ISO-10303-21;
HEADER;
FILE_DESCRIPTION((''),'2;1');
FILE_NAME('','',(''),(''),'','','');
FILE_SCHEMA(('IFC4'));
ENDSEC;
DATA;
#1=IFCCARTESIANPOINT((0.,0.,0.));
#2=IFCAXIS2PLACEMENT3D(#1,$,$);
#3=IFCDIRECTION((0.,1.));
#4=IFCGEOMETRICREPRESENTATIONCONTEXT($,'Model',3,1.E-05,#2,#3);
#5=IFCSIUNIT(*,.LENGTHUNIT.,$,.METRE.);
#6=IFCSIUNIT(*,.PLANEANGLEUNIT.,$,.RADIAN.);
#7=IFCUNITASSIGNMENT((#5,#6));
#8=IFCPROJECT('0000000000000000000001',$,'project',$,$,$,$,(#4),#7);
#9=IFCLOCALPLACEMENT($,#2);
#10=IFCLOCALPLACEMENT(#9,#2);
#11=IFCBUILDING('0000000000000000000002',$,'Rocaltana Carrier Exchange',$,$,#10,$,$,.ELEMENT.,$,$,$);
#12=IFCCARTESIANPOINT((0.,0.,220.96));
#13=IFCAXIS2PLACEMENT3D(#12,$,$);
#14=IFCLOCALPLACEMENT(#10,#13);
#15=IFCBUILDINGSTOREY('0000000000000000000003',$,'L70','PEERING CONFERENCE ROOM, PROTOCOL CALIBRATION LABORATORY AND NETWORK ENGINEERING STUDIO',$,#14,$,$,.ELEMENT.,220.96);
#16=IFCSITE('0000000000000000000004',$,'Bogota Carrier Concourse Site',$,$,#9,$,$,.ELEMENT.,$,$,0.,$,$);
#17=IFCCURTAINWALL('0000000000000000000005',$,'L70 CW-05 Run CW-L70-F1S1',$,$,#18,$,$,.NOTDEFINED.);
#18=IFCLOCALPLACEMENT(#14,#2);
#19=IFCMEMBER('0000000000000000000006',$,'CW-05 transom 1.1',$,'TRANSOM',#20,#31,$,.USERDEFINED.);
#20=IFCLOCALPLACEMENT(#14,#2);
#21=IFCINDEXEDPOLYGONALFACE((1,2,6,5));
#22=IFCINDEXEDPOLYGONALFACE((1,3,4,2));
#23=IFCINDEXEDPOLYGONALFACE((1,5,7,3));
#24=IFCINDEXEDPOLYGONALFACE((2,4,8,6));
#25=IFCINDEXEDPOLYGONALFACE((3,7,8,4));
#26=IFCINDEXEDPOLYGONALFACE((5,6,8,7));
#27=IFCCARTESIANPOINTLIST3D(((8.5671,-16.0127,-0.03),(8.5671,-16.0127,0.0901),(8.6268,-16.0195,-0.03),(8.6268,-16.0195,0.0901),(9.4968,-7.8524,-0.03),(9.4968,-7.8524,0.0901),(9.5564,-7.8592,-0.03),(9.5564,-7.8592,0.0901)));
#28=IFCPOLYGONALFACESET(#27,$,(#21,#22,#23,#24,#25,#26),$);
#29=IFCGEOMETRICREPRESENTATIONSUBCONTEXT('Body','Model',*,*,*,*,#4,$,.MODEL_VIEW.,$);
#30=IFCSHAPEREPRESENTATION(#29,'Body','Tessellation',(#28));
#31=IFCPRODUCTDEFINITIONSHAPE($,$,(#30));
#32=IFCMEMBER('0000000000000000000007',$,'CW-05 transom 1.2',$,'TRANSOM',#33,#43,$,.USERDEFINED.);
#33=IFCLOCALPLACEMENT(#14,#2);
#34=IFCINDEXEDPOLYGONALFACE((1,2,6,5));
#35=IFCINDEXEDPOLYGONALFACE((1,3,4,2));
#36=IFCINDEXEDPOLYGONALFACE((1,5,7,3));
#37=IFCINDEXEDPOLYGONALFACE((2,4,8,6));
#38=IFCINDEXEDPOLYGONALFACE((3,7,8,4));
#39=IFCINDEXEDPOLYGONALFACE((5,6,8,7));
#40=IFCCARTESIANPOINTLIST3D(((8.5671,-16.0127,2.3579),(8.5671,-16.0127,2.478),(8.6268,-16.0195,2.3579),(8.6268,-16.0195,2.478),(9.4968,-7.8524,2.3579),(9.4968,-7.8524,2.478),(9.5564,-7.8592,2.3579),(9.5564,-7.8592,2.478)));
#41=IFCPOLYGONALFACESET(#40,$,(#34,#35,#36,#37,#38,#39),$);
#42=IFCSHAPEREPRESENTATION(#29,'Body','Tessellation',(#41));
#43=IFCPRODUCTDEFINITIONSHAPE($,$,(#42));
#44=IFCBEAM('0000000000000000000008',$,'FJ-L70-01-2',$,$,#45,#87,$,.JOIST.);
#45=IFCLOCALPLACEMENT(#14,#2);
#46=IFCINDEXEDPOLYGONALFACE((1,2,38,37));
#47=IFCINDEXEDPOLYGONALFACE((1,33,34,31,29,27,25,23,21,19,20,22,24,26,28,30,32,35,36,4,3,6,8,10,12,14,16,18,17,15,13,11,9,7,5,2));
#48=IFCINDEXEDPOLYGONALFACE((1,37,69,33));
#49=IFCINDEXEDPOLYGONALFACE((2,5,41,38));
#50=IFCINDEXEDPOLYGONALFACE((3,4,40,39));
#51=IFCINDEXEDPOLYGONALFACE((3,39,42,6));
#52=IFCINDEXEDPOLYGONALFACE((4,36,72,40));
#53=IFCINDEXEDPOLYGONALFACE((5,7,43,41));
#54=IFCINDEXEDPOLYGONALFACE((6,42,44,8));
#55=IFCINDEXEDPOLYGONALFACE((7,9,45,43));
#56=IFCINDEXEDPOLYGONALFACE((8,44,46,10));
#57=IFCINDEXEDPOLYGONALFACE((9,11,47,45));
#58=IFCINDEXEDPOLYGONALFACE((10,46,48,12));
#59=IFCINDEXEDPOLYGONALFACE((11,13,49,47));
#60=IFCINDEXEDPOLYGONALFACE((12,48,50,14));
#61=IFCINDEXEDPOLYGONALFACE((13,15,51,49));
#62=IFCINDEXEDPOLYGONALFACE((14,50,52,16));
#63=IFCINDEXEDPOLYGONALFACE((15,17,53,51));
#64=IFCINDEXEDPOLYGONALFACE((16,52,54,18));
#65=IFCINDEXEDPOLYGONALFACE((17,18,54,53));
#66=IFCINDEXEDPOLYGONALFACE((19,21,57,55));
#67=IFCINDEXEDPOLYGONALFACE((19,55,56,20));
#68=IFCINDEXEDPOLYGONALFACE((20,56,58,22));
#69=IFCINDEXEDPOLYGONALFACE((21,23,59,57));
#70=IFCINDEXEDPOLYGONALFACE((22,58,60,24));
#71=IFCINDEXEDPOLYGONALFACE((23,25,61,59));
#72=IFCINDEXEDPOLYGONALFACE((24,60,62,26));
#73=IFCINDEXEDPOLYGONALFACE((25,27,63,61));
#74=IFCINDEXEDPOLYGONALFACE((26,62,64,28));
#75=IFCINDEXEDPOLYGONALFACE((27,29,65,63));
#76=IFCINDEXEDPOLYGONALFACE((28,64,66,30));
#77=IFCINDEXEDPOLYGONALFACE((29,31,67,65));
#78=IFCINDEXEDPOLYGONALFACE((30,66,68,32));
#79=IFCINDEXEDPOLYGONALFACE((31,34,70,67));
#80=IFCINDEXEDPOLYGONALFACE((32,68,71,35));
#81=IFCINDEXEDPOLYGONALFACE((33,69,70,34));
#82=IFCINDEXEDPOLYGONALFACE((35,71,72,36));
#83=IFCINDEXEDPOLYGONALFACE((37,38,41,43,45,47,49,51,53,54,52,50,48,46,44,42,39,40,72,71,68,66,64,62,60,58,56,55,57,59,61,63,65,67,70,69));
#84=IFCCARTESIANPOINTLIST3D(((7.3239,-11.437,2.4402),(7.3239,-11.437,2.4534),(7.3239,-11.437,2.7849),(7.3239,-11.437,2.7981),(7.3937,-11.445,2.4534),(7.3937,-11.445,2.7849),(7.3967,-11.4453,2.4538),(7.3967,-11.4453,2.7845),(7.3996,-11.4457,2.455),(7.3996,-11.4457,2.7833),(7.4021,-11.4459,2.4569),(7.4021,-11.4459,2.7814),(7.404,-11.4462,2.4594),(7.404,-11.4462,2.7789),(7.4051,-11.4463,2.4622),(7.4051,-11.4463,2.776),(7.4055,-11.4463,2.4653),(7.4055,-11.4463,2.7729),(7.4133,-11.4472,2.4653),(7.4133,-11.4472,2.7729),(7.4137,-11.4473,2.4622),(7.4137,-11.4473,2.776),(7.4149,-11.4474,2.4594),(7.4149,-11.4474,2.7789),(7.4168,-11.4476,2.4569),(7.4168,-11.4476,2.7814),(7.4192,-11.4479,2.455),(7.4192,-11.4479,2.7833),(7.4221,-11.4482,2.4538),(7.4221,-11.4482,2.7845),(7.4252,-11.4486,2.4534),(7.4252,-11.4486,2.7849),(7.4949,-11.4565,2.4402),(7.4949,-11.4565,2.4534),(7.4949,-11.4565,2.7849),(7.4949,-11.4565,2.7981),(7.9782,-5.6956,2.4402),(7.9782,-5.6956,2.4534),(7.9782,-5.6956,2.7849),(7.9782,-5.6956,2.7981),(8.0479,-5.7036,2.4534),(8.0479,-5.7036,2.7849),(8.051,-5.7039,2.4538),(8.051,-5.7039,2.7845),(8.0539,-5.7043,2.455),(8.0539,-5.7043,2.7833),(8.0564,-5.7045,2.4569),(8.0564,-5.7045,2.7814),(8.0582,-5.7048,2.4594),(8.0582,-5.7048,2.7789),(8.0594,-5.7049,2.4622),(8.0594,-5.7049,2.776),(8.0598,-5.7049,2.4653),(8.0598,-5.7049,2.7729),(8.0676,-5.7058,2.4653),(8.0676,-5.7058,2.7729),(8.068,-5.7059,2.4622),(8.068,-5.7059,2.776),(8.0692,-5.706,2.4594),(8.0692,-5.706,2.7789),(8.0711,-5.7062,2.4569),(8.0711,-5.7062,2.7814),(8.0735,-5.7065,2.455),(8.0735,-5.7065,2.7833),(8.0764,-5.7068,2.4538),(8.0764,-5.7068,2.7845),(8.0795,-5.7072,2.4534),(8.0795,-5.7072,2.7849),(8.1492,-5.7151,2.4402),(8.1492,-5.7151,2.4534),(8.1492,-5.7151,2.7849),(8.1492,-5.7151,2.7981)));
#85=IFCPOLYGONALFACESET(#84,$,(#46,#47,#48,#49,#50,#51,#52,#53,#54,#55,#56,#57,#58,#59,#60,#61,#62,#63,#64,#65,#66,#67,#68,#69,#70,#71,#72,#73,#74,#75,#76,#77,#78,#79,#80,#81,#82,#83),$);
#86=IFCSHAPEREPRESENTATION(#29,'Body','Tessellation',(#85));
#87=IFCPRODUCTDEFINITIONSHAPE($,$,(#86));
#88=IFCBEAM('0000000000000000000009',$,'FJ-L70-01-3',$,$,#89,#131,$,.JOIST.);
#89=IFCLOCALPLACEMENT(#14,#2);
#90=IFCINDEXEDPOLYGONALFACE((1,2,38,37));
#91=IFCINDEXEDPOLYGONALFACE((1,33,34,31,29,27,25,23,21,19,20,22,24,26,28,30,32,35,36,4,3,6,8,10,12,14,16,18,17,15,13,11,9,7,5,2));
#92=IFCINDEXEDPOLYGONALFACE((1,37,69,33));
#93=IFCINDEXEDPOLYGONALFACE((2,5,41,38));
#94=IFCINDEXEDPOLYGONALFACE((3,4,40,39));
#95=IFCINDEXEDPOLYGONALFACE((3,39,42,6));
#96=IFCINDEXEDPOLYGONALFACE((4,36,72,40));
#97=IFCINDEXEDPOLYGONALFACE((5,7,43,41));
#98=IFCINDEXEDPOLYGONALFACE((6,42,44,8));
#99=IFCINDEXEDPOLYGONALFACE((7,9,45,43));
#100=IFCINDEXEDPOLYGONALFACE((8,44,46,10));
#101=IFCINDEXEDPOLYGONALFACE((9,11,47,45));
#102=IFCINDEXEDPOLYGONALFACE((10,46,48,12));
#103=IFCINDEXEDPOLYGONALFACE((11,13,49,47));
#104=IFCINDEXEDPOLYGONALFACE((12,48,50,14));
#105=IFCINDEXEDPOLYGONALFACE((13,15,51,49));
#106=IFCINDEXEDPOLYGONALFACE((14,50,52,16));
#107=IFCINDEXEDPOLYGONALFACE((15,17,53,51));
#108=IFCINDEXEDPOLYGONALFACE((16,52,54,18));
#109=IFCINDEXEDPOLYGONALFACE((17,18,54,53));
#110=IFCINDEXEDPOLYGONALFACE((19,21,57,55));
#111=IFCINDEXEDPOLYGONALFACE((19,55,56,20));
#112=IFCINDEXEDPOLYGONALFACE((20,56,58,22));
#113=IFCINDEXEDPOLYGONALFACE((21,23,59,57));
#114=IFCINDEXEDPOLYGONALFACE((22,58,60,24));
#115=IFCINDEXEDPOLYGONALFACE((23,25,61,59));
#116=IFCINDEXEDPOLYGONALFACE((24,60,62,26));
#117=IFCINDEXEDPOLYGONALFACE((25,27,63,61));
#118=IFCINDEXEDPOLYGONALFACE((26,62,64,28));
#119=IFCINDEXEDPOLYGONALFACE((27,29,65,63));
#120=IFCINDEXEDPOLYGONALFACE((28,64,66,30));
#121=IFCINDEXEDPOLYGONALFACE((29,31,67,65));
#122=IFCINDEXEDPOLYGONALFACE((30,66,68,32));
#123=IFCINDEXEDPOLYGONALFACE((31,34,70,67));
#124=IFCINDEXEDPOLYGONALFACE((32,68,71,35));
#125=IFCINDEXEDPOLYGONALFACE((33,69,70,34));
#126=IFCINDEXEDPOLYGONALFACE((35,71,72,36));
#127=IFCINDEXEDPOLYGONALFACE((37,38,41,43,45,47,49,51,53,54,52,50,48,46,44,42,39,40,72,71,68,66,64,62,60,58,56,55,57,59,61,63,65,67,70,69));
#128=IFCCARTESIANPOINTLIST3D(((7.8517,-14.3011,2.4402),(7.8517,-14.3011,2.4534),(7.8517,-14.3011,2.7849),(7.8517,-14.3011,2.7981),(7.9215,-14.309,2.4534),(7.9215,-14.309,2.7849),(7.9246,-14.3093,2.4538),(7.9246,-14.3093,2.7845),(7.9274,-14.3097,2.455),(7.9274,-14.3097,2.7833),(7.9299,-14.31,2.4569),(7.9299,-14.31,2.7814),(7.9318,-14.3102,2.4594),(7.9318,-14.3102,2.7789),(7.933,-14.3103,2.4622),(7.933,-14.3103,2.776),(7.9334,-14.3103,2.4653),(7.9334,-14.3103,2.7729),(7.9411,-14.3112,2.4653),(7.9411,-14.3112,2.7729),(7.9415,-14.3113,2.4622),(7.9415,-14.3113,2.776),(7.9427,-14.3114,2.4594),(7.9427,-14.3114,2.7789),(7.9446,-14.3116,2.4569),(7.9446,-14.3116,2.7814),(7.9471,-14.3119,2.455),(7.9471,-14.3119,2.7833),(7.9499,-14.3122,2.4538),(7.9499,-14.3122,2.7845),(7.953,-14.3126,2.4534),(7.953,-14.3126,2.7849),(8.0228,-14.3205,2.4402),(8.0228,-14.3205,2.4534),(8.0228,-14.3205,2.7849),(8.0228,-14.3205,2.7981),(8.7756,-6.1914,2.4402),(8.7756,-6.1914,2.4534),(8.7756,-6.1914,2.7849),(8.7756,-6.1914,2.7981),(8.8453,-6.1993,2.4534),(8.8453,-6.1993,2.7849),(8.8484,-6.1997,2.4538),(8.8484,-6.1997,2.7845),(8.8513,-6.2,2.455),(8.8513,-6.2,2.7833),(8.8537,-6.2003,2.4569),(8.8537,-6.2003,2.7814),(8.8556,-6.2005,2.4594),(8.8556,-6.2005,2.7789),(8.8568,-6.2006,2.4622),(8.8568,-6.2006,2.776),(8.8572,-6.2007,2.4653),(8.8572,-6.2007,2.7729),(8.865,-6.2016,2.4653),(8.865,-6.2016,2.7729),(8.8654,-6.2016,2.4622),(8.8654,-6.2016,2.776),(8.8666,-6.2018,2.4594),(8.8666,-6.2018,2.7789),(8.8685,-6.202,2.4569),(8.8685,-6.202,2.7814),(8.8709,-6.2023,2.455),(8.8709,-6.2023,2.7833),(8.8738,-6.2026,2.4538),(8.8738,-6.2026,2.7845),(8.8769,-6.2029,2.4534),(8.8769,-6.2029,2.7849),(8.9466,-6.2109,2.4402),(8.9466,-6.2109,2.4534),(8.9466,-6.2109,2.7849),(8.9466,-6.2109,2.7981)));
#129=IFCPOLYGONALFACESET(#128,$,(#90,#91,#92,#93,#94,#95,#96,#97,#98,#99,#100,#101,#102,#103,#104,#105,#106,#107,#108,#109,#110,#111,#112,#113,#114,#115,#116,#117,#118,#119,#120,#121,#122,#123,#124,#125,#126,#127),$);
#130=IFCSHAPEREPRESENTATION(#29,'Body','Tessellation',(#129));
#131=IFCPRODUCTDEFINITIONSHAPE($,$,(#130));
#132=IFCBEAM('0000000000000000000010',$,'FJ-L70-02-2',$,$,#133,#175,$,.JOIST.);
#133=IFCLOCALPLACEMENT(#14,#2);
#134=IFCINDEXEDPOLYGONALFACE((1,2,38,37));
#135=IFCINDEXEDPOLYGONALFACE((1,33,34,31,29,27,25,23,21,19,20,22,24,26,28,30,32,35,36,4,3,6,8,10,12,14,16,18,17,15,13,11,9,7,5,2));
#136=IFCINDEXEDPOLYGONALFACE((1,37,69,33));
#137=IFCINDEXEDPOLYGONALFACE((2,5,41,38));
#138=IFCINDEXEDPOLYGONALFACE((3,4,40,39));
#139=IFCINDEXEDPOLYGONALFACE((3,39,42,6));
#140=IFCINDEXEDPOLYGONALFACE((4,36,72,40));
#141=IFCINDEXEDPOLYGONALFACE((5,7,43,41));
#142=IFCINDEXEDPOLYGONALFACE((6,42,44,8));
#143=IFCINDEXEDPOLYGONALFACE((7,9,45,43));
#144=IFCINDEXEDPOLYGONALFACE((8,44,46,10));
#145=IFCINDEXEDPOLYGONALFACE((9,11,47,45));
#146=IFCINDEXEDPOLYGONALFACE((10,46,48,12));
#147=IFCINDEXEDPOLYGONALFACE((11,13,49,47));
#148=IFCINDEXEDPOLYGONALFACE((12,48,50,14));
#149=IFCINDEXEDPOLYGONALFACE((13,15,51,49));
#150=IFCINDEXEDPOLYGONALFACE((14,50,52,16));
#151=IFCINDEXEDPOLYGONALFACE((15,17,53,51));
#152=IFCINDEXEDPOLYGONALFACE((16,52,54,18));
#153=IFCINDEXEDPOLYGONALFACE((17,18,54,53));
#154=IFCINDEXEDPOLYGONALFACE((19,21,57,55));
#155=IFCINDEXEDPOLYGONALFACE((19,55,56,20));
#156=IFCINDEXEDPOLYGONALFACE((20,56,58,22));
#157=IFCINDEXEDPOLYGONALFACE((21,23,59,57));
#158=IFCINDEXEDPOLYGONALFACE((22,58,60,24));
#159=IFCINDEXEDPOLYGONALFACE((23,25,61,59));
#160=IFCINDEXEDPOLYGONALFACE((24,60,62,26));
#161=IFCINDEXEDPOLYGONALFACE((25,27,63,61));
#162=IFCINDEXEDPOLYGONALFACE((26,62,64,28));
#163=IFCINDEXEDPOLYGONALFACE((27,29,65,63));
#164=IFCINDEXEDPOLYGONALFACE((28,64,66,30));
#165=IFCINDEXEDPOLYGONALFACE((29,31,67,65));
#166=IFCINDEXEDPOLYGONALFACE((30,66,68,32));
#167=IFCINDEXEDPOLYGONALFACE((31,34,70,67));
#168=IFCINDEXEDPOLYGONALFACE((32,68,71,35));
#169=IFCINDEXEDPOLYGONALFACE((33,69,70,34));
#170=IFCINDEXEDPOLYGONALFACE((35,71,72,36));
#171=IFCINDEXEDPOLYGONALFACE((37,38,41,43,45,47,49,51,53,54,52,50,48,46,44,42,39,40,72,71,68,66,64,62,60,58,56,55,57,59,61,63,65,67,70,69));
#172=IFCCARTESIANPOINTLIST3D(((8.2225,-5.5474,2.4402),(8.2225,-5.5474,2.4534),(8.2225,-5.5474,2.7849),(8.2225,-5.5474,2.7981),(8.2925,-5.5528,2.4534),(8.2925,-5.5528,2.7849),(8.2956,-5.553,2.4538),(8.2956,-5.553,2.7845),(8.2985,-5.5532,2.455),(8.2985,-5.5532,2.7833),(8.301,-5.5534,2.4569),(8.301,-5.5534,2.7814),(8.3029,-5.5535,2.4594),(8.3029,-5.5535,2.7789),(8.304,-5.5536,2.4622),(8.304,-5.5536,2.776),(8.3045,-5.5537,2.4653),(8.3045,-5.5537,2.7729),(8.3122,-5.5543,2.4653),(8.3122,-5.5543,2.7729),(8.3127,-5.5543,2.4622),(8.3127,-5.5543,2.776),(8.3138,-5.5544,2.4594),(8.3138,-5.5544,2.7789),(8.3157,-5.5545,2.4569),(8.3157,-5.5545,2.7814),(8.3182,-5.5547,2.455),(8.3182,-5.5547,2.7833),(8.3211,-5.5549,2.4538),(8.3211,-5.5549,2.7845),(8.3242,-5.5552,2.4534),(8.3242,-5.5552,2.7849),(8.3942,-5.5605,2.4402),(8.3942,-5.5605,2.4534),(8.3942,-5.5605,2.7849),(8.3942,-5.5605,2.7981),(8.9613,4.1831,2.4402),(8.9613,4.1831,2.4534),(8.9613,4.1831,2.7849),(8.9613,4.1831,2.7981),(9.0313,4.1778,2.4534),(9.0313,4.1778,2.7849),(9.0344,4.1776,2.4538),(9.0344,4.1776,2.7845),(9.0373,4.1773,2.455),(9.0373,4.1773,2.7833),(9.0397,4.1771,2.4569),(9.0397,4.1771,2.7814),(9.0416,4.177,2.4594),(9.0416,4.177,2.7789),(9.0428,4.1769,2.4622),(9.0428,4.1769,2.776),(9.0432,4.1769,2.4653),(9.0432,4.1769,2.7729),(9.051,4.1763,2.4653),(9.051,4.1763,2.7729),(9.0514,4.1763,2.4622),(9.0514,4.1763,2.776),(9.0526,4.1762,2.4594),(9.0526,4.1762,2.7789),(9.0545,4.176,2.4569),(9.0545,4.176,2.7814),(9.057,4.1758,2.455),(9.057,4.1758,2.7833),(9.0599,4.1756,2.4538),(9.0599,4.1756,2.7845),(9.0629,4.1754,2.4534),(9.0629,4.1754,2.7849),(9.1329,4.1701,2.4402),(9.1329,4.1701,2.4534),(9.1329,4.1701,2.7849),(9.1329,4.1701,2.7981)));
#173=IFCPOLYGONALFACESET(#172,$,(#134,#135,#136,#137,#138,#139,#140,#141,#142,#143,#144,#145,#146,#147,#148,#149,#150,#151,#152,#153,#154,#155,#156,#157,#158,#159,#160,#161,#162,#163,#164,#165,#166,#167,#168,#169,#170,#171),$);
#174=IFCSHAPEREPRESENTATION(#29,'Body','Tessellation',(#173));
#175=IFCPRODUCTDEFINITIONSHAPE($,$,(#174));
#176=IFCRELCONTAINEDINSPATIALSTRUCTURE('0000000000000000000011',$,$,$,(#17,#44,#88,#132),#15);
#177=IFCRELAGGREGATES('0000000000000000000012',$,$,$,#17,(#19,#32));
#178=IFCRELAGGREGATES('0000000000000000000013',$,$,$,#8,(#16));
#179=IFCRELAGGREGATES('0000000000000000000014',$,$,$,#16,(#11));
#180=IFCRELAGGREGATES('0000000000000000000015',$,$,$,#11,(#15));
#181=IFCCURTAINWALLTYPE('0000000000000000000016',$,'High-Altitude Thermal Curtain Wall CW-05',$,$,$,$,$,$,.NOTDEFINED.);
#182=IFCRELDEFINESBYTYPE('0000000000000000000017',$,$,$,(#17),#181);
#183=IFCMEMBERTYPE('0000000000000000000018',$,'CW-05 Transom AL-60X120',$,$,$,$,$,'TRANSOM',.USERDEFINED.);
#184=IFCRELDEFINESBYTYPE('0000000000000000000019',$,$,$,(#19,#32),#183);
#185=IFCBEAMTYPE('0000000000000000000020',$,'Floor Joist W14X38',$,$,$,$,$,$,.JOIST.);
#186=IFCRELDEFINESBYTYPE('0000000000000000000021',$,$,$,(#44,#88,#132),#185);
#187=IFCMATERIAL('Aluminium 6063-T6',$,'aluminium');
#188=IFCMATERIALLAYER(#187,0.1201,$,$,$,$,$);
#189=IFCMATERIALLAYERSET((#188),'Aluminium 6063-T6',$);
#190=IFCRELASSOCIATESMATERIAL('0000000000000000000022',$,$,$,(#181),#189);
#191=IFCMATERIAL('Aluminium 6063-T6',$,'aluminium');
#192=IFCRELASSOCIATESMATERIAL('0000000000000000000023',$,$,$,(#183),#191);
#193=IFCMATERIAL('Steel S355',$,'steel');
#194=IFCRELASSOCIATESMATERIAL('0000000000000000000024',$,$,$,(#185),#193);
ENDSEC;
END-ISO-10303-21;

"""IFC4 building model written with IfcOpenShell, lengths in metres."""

from ifc_helpers import new_model, si_unit, direction, frame, origin, origin_2d, place, context, subcontext, project, spatial, rectangle, i_section, extrude, material, layer, layer_set, material_profile, profile_set, type_object, element, aggregate, save


model = new_model("IFC4")

# Units and contexts
model_context = context("Model", 3, precision=1e-05, world=origin(), true_north=direction((0.0, 1.0)))
body_context = subcontext(model_context, "Body", "Model", "MODEL_VIEW")
ifc_project = project(units=[si_unit("LENGTHUNIT", "METRE"), si_unit("PLANEANGLEUNIT", "RADIAN")], contexts=[model_context])

# Site, building, storey
site_placement = place(None, origin())
site = spatial("IfcSite", under=ifc_project, at=site_placement, Name="Bogota Carrier Concourse Site", CompositionType="ELEMENT", RefElevation=0.0)
building_placement = place(site_placement, origin())
building = spatial("IfcBuilding", under=site, at=building_placement, Name="Rocaltana Carrier Exchange", CompositionType="ELEMENT")
storey_placement = place(building_placement, frame((0.0, 0.0, 220.96)))
storey = spatial("IfcBuildingStorey", under=building, at=storey_placement, Name="L70", Description="PEERING CONFERENCE ROOM, PROTOCOL CALIBRATION LABORATORY AND NETWORK ENGINEERING STUDIO", CompositionType="ELEMENT", Elevation=220.96)

# Curtain wall
ifc_material_1 = material(Name="Aluminium 6063-T6", Category="aluminium")
ifc_layer_1 = layer(ifc_material_1, 0.1201)
ifc_layer_set_1 = layer_set([ifc_layer_1], Name="Aluminium 6063-T6")
curtain_wall_type = type_object("IfcCurtainWallType", Name="High-Altitude Thermal Curtain Wall CW-05", PredefinedType="NOTDEFINED", material=ifc_layer_set_1)
curtain_wall_1_placement = place(storey_placement, origin())
curtain_wall_1 = element("IfcCurtainWall", 1, at=curtain_wall_1_placement, inside=storey, type_object=curtain_wall_type, Name="L70 CW-05 Run CW-L70-F1S1", PredefinedType="NOTDEFINED")

# Members
ifc_material_2 = material(Name="Aluminium 6063-T6", Category="aluminium")
ifc_material_profile_1 = material_profile(ifc_material_2, rectangle(XDim=0.0601, YDim=0.1201, at=origin_2d()), Name="AL-60X120")
ifc_profile_set_1 = profile_set([ifc_material_profile_1], Name="Aluminium 6063-T6")
member_type_1 = type_object("IfcMemberType", Name="CW-05 Transom AL-60X120", ElementType="TRANSOM", PredefinedType="USERDEFINED", material=ifc_profile_set_1)
member_1_placement = place(storey_placement, frame((8.5969, -16.0161, 0.03), z_axis=(0.113194, 0.993573, 0.0), x_axis=(-0.993573, 0.113194, 0.0)))
member_1 = element("IfcMember", 2, at=member_1_placement, type_object=member_type_1, Name="CW-05 transom 1.1", ObjectType="TRANSOM", PredefinedType="USERDEFINED", context=body_context, shape_type="SweptSolid", body=[
    extrude(rectangle(XDim=0.0601, YDim=0.1201, at=origin_2d()), origin(), (0.0, 0.0, 1.0), 8.2131),
])
member_2_placement = place(storey_placement, frame((8.5969, -16.0161, 2.418), z_axis=(0.113194, 0.993573, 0.0), x_axis=(-0.993573, 0.113194, 0.0)))
member_2 = element("IfcMember", 3, at=member_2_placement, type_object=member_type_1, Name="CW-05 transom 1.2", ObjectType="TRANSOM", PredefinedType="USERDEFINED", context=body_context, shape_type="SweptSolid", body=[
    extrude(rectangle(XDim=0.0601, YDim=0.1201, at=origin_2d()), origin(), (0.0, 0.0, 1.0), 8.2131),
])

# Beams
ifc_material_3 = material(Name="Steel S355", Category="steel")
ifc_material_profile_2 = material_profile(ifc_material_3, i_section(OverallWidth=0.1721, OverallDepth=0.3579, WebThickness=0.0078, FlangeThickness=0.0132, FilletRadius=0.012, at=origin_2d()), Name="W14X38")
ifc_profile_set_2 = profile_set([ifc_material_profile_2], Name="Steel S355")
beam_type_1 = type_object("IfcBeamType", Name="Floor Joist W14X38", PredefinedType="JOIST", material=ifc_profile_set_2)
beam_1_placement = place(storey_placement, frame((7.4094, -11.4468, 2.6191), z_axis=(0.113227, 0.993569, 0.0), x_axis=(-0.993569, 0.113227, 0.0)))
element("IfcBeam", 4, at=beam_1_placement, inside=storey, type_object=beam_type_1, Name="FJ-L70-01-2", PredefinedType="JOIST", context=body_context, shape_type="SweptSolid", body=[
    extrude(i_section(OverallWidth=0.1721, OverallDepth=0.3579, WebThickness=0.0078, FlangeThickness=0.0132, FilletRadius=0.012, at=origin_2d()), origin(), (0.0, 0.0, 1.0), 5.7786),
])
beam_2_placement = place(storey_placement, frame((7.9373, -14.3108, 2.6191), z_axis=(0.113186, 0.993574, 0.0), x_axis=(-0.993574, 0.113186, 0.0)))
element("IfcBeam", 5, at=beam_2_placement, inside=storey, type_object=beam_type_1, Name="FJ-L70-01-3", PredefinedType="JOIST", context=body_context, shape_type="SweptSolid", body=[
    extrude(i_section(OverallWidth=0.1721, OverallDepth=0.3579, WebThickness=0.0078, FlangeThickness=0.0132, FilletRadius=0.012, at=origin_2d()), origin(), (0.0, 0.0, 1.0), 8.1621),
])
beam_3_placement = place(storey_placement, frame((8.3083, -5.554, 2.6191), z_axis=(0.075705, 0.99713, 0.0), x_axis=(-0.99713, 0.075705, 0.0)))
element("IfcBeam", 6, at=beam_3_placement, inside=storey, type_object=beam_type_1, Name="FJ-L70-02-2", PredefinedType="JOIST", context=body_context, shape_type="SweptSolid", body=[
    extrude(i_section(OverallWidth=0.1721, OverallDepth=0.3579, WebThickness=0.0078, FlangeThickness=0.0132, FilletRadius=0.012, at=origin_2d()), origin(), (0.0, 0.0, 1.0), 9.7585),
])

aggregate(curtain_wall_1, [member_1, member_2])

save(model, "model.ifc")
